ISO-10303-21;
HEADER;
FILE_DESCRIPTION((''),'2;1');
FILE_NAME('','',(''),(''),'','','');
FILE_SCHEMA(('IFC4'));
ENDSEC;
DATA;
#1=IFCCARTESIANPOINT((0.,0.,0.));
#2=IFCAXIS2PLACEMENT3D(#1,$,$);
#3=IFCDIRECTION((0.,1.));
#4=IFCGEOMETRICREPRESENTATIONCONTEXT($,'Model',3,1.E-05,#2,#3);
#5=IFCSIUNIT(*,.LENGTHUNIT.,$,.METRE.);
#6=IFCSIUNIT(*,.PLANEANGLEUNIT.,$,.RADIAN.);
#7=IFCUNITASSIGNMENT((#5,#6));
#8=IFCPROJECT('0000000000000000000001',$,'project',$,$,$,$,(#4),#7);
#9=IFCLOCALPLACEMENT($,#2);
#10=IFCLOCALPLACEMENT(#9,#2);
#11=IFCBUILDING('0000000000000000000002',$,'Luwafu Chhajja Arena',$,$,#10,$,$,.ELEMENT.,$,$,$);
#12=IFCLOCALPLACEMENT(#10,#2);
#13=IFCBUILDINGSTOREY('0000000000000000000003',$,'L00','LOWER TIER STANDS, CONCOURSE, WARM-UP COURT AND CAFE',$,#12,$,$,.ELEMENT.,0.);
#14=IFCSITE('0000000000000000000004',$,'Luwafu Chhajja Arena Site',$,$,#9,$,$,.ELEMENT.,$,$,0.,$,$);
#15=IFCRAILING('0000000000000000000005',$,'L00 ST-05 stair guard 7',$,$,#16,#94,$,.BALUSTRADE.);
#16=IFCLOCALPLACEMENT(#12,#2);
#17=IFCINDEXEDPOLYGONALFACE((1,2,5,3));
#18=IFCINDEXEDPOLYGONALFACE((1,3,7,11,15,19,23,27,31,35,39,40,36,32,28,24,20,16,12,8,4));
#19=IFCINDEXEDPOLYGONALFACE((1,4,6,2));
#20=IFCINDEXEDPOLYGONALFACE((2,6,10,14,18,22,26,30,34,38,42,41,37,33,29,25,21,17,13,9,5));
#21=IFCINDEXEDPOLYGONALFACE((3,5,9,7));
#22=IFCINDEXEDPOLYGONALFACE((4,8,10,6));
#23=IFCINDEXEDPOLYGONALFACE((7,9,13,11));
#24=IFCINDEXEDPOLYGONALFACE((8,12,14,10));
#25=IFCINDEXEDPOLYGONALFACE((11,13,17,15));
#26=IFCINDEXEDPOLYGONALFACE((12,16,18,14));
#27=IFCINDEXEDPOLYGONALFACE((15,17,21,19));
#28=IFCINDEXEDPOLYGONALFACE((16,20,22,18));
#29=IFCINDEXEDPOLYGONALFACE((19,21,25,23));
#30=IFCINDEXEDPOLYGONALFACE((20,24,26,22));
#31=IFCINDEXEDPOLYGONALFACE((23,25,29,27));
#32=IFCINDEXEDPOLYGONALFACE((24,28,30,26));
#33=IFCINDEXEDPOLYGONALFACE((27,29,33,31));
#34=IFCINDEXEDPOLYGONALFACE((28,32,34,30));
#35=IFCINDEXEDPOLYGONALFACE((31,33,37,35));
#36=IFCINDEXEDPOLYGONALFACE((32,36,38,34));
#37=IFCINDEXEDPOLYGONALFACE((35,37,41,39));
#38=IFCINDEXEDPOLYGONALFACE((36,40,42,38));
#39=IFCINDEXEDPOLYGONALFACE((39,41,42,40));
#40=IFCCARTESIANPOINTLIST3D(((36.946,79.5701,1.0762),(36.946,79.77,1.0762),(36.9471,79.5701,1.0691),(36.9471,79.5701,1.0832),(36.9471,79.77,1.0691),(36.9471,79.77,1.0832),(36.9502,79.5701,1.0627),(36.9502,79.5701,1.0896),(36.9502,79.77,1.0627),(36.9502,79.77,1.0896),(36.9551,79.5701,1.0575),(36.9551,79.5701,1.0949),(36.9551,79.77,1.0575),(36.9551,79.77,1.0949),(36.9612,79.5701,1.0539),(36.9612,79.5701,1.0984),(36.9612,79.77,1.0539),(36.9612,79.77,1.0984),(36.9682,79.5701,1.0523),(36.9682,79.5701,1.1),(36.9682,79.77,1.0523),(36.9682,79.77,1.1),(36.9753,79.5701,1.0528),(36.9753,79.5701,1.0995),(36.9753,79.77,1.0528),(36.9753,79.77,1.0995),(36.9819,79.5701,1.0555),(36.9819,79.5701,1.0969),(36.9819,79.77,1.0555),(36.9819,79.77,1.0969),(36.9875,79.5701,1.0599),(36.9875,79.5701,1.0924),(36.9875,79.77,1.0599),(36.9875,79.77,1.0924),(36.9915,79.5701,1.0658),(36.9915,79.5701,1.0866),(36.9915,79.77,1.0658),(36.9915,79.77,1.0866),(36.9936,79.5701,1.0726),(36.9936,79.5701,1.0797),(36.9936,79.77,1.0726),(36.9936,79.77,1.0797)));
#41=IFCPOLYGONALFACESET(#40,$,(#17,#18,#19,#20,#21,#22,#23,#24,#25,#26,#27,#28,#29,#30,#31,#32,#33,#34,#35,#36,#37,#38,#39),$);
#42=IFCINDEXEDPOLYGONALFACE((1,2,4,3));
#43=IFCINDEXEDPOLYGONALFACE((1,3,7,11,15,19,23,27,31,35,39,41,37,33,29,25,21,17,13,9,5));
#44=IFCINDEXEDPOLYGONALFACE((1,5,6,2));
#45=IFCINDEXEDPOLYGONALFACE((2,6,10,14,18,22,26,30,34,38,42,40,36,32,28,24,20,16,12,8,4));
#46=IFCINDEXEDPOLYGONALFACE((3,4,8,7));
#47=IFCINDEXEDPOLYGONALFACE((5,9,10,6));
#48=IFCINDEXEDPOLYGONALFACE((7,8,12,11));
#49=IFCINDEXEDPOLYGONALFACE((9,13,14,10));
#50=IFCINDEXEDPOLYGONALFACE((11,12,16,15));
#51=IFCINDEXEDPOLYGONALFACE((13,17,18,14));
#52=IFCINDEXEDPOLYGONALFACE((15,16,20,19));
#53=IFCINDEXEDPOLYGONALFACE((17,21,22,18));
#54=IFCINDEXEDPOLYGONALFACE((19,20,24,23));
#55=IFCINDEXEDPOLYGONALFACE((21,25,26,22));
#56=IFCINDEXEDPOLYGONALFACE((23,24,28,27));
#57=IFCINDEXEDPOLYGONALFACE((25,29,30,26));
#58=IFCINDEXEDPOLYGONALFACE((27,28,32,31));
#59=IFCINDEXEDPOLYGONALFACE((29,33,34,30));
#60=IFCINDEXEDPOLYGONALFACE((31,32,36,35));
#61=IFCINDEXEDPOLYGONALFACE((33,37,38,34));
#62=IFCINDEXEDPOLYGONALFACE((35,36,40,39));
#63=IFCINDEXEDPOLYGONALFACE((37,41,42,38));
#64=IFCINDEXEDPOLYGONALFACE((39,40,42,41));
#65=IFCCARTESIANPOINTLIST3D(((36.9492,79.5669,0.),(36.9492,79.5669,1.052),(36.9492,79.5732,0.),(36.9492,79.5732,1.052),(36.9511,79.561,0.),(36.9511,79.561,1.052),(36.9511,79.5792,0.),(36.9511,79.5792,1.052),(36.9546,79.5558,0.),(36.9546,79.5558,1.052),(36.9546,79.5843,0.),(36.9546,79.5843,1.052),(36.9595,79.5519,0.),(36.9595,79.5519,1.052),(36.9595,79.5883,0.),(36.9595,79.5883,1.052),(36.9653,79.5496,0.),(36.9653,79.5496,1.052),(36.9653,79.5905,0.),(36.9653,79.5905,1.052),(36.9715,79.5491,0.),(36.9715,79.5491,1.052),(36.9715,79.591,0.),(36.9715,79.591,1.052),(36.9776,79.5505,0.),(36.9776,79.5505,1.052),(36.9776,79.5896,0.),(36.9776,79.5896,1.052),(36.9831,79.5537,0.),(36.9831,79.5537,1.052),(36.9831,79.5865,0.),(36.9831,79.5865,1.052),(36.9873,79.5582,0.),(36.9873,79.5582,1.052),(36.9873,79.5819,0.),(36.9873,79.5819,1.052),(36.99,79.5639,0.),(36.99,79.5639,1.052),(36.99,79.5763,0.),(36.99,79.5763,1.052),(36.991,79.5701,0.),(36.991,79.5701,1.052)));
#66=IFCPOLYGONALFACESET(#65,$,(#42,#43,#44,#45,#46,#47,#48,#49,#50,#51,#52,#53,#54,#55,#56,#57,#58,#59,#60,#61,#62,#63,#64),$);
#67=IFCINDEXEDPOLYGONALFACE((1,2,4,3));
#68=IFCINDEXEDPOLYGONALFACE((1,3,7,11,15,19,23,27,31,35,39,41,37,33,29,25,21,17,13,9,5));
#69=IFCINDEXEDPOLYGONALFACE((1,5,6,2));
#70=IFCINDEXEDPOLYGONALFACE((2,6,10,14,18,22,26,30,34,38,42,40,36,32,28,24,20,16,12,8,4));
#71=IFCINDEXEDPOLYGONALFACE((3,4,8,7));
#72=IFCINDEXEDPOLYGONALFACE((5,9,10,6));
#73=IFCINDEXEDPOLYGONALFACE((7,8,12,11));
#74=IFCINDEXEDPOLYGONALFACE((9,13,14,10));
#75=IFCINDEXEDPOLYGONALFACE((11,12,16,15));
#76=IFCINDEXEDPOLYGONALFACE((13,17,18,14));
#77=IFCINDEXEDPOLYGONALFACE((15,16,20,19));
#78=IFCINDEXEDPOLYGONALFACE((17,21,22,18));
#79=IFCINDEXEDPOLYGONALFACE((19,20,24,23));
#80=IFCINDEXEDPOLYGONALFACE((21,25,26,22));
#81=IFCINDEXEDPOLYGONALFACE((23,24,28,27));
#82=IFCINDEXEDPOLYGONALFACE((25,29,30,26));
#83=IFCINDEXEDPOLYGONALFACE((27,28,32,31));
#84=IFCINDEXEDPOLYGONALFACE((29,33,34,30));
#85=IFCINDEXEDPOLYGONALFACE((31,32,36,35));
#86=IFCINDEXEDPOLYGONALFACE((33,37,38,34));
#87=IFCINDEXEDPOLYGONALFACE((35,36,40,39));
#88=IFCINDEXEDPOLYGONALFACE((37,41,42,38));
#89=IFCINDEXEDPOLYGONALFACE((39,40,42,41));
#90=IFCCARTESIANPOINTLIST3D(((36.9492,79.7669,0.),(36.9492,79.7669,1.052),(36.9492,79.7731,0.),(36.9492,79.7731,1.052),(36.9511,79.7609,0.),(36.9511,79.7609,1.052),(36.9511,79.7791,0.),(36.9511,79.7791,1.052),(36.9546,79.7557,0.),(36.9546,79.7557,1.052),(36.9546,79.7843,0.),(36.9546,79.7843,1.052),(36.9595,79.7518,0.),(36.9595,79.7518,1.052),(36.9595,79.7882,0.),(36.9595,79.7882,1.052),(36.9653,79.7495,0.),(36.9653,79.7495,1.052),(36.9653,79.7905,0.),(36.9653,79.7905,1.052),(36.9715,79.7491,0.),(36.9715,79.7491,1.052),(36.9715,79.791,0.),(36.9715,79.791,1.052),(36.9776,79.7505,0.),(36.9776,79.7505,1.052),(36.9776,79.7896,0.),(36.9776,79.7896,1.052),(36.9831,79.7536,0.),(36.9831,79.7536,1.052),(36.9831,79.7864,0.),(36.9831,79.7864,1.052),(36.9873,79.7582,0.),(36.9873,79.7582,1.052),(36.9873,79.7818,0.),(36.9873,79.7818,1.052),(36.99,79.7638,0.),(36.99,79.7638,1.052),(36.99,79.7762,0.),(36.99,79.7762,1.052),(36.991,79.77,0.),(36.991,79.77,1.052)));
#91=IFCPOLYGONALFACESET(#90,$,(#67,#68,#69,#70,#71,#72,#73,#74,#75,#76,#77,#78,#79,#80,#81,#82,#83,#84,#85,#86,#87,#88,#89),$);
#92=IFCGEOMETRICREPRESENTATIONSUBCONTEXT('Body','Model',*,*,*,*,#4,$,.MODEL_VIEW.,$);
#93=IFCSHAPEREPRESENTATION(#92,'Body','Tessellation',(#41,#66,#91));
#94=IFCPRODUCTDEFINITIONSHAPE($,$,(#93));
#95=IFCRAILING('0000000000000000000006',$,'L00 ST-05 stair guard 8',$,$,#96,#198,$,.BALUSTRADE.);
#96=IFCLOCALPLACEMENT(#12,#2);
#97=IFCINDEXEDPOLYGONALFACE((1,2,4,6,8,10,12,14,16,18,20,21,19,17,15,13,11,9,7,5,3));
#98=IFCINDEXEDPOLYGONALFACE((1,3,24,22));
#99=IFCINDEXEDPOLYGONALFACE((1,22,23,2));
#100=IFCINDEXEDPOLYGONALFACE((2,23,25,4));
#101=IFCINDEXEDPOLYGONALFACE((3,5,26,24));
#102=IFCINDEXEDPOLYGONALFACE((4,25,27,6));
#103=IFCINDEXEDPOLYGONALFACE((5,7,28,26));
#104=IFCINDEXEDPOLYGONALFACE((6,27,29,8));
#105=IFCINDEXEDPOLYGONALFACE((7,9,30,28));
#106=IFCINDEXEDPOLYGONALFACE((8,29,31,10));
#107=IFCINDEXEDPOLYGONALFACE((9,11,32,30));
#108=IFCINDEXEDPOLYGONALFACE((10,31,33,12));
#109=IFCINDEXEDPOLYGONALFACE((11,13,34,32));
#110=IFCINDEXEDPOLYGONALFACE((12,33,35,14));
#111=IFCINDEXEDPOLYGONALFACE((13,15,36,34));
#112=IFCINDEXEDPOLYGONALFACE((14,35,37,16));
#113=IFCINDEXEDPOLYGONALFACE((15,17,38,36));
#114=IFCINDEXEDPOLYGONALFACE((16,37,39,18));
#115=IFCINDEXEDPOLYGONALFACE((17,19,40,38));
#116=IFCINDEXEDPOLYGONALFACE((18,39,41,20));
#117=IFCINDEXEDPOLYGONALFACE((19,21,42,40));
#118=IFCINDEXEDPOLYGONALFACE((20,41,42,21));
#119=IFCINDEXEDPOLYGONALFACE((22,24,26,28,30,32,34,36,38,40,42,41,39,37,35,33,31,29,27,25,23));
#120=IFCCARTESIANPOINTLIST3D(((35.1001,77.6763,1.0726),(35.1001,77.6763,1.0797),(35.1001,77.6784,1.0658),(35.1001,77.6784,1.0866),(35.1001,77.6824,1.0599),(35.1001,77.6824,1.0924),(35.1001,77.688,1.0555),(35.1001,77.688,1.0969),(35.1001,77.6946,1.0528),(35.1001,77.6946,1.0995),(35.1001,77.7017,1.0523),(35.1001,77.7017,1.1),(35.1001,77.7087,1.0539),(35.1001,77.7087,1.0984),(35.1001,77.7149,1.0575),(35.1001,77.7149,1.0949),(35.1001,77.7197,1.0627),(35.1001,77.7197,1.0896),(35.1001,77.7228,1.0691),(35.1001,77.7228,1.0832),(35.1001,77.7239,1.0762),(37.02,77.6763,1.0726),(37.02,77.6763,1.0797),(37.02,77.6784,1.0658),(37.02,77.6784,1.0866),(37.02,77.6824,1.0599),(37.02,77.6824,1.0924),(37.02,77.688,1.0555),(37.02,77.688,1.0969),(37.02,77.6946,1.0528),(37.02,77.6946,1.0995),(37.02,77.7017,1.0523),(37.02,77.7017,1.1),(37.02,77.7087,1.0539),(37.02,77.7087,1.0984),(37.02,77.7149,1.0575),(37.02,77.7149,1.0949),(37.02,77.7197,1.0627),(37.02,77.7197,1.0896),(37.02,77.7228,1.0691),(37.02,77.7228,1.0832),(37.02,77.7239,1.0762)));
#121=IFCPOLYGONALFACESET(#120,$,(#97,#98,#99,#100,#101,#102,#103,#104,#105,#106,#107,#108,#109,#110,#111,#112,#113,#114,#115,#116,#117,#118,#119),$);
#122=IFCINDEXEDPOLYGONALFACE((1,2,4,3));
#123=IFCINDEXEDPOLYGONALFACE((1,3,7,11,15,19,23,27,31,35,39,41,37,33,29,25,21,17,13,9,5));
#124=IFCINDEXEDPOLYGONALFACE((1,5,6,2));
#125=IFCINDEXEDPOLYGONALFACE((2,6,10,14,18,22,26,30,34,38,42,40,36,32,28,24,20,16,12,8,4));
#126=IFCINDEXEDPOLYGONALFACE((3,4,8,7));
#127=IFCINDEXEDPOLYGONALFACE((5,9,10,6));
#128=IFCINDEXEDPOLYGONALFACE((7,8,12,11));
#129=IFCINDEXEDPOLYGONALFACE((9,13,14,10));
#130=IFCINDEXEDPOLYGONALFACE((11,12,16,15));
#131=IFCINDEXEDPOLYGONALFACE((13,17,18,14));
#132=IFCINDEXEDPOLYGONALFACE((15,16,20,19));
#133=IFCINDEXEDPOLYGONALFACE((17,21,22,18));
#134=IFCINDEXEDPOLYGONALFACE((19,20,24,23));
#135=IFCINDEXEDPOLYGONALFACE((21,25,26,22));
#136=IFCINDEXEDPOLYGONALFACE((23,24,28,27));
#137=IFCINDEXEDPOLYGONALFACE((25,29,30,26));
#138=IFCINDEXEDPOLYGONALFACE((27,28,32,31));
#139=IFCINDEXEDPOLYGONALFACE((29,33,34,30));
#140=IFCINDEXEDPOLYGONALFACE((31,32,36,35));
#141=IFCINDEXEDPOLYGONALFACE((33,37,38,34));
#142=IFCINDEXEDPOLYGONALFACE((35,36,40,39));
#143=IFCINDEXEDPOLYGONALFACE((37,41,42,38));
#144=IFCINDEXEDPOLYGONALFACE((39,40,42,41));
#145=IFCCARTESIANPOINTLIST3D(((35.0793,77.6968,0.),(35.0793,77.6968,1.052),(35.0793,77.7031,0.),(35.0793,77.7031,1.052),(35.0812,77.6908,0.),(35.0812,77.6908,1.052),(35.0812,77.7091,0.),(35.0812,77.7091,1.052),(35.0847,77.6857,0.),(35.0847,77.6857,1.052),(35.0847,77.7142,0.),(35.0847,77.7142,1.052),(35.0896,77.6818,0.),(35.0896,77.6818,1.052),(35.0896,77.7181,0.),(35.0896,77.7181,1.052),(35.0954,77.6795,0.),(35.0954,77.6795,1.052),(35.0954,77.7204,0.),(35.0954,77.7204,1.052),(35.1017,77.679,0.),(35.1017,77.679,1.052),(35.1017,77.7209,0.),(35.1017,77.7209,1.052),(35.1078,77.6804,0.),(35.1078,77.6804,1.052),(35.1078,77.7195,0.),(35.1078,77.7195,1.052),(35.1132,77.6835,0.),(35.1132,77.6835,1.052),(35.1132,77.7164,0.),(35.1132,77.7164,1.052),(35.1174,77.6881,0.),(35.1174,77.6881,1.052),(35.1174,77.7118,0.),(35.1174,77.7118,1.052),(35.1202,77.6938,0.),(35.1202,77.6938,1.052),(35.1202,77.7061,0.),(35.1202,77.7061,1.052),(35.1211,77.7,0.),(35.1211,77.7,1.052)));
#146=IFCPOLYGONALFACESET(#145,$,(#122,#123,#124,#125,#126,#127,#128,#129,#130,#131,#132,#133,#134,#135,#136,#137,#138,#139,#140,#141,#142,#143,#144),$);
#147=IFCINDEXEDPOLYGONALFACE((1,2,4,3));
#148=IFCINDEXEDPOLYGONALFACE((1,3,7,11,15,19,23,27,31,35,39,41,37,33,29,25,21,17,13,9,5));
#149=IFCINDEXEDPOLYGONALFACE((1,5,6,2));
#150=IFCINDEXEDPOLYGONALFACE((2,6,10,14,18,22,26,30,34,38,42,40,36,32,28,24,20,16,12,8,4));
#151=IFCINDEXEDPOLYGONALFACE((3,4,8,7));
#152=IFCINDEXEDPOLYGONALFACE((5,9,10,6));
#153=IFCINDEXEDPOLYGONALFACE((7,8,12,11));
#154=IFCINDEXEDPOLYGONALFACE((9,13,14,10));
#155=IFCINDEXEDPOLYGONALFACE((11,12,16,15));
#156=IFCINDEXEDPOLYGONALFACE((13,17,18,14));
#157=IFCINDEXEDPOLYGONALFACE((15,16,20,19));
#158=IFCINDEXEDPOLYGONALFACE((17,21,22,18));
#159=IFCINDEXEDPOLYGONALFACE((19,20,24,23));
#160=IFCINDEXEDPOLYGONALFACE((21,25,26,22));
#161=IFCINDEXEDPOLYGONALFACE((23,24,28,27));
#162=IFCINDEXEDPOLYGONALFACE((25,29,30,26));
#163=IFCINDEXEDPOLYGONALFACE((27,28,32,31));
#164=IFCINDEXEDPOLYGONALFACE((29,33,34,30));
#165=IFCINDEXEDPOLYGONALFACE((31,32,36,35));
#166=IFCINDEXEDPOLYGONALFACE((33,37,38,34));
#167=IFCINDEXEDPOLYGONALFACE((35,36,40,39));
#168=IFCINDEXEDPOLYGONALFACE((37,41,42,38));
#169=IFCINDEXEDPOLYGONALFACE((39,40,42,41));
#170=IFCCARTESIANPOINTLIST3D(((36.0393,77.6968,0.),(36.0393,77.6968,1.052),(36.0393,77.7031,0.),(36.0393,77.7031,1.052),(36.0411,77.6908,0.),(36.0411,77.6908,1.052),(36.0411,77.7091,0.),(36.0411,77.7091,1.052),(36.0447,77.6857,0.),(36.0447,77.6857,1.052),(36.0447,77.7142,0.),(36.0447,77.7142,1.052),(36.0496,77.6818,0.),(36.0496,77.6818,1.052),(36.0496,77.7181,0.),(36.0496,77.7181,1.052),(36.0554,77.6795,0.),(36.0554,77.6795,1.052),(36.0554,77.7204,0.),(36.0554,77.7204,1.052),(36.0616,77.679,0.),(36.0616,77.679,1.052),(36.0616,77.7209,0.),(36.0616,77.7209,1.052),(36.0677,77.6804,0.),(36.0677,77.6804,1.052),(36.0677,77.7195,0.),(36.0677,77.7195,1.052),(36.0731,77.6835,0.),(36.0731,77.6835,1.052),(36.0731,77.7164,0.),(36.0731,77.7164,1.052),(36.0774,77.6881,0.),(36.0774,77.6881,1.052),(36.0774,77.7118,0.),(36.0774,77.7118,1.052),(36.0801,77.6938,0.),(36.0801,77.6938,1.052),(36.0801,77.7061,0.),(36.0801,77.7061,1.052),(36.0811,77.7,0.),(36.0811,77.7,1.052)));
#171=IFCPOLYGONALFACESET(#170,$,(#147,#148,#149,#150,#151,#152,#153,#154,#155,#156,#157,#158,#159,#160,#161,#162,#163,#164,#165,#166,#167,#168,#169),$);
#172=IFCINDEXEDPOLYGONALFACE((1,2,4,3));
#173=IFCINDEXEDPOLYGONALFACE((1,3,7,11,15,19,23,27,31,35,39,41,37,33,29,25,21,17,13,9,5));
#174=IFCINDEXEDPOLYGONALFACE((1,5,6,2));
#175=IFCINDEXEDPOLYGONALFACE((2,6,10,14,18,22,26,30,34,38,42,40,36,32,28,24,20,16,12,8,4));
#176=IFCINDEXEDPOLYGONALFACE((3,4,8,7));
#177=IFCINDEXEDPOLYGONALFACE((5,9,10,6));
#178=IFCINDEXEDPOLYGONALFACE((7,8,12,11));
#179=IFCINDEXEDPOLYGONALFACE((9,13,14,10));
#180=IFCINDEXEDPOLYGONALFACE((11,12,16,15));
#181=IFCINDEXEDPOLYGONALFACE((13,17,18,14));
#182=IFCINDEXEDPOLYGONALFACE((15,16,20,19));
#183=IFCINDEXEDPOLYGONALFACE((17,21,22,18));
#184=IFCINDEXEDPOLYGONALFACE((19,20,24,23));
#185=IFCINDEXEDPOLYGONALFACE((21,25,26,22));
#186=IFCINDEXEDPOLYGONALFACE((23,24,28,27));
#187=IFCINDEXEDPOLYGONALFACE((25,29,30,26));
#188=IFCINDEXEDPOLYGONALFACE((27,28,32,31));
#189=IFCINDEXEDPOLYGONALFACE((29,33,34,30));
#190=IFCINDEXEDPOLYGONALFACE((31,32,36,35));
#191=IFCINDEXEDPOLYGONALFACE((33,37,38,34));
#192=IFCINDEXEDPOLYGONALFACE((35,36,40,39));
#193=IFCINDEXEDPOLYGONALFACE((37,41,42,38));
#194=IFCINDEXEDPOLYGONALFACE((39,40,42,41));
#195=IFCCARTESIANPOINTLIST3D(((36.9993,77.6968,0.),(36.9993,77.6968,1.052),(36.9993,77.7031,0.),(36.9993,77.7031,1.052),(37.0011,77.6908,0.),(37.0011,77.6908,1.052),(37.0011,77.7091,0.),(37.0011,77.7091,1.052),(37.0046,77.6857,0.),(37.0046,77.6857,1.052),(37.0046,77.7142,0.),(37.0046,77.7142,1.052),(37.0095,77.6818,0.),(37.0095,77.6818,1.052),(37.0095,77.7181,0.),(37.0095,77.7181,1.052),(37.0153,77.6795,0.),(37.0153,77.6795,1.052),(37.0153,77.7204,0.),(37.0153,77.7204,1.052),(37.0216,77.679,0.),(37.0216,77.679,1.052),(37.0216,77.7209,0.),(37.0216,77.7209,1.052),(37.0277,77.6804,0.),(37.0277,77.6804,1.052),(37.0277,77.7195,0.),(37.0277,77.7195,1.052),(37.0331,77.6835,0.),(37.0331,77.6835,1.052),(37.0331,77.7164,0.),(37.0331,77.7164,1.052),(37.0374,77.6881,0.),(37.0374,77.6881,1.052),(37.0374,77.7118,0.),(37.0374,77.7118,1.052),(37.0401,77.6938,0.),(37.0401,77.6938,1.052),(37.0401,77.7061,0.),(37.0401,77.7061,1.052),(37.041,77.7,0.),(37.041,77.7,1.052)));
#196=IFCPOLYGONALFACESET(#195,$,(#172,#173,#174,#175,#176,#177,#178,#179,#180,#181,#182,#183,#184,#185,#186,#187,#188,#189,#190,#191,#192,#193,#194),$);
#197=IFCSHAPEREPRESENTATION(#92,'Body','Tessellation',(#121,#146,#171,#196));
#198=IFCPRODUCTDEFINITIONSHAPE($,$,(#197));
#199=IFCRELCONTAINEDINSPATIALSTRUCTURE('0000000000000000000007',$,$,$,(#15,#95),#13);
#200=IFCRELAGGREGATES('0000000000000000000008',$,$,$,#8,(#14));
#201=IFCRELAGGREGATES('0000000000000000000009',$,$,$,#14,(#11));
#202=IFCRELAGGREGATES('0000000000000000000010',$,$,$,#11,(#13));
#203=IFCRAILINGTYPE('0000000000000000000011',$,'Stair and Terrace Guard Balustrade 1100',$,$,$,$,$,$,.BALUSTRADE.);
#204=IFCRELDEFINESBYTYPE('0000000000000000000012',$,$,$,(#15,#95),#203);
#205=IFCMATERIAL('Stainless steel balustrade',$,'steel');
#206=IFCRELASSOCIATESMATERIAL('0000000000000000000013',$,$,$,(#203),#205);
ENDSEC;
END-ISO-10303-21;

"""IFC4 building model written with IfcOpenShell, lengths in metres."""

from ifc_helpers import new_model, si_unit, direction, frame, origin, origin_2d, place, context, subcontext, project, spatial, circle, extrude, material, type_object, element, save


model = new_model("IFC4")

# Units and contexts
model_context = context("Model", 3, precision=1e-05, world=origin(), true_north=direction((0.0, 1.0)))
body_context = subcontext(model_context, "Body", "Model", "MODEL_VIEW")
ifc_project = project(units=[si_unit("LENGTHUNIT", "METRE"), si_unit("PLANEANGLEUNIT", "RADIAN")], contexts=[model_context])

# Site, building, storey
site_placement = place(None, origin())
site = spatial("IfcSite", under=ifc_project, at=site_placement, Name="Luwafu Chhajja Arena Site", CompositionType="ELEMENT", RefElevation=0.0)
building_placement = place(site_placement, origin())
building = spatial("IfcBuilding", under=site, at=building_placement, Name="Luwafu Chhajja Arena", CompositionType="ELEMENT")
storey_placement = place(building_placement, origin())
storey = spatial("IfcBuildingStorey", under=building, at=storey_placement, Name="L00", Description="LOWER TIER STANDS, CONCOURSE, WARM-UP COURT AND CAFE", CompositionType="ELEMENT", Elevation=0.0)

# Railings
ifc_material_1 = material(Name="Stainless steel balustrade", Category="steel")
railing_type_1 = type_object("IfcRailingType", Name="Stair and Terrace Guard Balustrade 1100", PredefinedType="BALUSTRADE", material=ifc_material_1)
railing_1_placement = place(storey_placement, frame((36.97, 79.5701, 0.0)))
element("IfcRailing", 1, at=railing_1_placement, inside=storey, type_object=railing_type_1, Name="L00 ST-05 stair guard 7", PredefinedType="BALUSTRADE", context=body_context, shape_type="SweptSolid", body=[
    extrude(circle(Radius=0.0239, at=origin_2d()), frame((0.0, 0.0, 1.0762), z_axis=(0.0, 1.0, 0.0), x_axis=(-1.0, 0.0, 0.0)), (0.0, 0.0, 1.0), 0.2),
    extrude(circle(Radius=0.021, at=origin_2d()), origin(), (0.0, 0.0, 1.0), 1.052),
    extrude(circle(Radius=0.021, at=origin_2d()), frame((0.0, 0.2, 0.0)), (0.0, 0.0, 1.0), 1.052),
])
for number, where, name in (
    (2, (35.1001, 77.7, 0.0), "L00 ST-05 stair guard 8"),
):
    element("IfcRailing", number, at=place(storey_placement, frame(where)), inside=storey, type_object=railing_type_1, Name=name, PredefinedType="BALUSTRADE", context=body_context, shape_type="SweptSolid", body=[
        extrude(circle(Radius=0.0239, at=origin_2d()), frame((0.0, 0.0, 1.0762), z_axis=(1.0, 0.0, 0.0), x_axis=(0.0, 1.0, 0.0)), (0.0, 0.0, 1.0), 1.9199),
        extrude(circle(Radius=0.021, at=origin_2d()), origin(), (0.0, 0.0, 1.0), 1.052),
        extrude(circle(Radius=0.021, at=origin_2d()), frame((0.96, 0.0, 0.0)), (0.0, 0.0, 1.0), 1.052),
        extrude(circle(Radius=0.021, at=origin_2d()), frame((1.9199, 0.0, 0.0)), (0.0, 0.0, 1.0), 1.052),
    ])

save(model, "model.ifc")
